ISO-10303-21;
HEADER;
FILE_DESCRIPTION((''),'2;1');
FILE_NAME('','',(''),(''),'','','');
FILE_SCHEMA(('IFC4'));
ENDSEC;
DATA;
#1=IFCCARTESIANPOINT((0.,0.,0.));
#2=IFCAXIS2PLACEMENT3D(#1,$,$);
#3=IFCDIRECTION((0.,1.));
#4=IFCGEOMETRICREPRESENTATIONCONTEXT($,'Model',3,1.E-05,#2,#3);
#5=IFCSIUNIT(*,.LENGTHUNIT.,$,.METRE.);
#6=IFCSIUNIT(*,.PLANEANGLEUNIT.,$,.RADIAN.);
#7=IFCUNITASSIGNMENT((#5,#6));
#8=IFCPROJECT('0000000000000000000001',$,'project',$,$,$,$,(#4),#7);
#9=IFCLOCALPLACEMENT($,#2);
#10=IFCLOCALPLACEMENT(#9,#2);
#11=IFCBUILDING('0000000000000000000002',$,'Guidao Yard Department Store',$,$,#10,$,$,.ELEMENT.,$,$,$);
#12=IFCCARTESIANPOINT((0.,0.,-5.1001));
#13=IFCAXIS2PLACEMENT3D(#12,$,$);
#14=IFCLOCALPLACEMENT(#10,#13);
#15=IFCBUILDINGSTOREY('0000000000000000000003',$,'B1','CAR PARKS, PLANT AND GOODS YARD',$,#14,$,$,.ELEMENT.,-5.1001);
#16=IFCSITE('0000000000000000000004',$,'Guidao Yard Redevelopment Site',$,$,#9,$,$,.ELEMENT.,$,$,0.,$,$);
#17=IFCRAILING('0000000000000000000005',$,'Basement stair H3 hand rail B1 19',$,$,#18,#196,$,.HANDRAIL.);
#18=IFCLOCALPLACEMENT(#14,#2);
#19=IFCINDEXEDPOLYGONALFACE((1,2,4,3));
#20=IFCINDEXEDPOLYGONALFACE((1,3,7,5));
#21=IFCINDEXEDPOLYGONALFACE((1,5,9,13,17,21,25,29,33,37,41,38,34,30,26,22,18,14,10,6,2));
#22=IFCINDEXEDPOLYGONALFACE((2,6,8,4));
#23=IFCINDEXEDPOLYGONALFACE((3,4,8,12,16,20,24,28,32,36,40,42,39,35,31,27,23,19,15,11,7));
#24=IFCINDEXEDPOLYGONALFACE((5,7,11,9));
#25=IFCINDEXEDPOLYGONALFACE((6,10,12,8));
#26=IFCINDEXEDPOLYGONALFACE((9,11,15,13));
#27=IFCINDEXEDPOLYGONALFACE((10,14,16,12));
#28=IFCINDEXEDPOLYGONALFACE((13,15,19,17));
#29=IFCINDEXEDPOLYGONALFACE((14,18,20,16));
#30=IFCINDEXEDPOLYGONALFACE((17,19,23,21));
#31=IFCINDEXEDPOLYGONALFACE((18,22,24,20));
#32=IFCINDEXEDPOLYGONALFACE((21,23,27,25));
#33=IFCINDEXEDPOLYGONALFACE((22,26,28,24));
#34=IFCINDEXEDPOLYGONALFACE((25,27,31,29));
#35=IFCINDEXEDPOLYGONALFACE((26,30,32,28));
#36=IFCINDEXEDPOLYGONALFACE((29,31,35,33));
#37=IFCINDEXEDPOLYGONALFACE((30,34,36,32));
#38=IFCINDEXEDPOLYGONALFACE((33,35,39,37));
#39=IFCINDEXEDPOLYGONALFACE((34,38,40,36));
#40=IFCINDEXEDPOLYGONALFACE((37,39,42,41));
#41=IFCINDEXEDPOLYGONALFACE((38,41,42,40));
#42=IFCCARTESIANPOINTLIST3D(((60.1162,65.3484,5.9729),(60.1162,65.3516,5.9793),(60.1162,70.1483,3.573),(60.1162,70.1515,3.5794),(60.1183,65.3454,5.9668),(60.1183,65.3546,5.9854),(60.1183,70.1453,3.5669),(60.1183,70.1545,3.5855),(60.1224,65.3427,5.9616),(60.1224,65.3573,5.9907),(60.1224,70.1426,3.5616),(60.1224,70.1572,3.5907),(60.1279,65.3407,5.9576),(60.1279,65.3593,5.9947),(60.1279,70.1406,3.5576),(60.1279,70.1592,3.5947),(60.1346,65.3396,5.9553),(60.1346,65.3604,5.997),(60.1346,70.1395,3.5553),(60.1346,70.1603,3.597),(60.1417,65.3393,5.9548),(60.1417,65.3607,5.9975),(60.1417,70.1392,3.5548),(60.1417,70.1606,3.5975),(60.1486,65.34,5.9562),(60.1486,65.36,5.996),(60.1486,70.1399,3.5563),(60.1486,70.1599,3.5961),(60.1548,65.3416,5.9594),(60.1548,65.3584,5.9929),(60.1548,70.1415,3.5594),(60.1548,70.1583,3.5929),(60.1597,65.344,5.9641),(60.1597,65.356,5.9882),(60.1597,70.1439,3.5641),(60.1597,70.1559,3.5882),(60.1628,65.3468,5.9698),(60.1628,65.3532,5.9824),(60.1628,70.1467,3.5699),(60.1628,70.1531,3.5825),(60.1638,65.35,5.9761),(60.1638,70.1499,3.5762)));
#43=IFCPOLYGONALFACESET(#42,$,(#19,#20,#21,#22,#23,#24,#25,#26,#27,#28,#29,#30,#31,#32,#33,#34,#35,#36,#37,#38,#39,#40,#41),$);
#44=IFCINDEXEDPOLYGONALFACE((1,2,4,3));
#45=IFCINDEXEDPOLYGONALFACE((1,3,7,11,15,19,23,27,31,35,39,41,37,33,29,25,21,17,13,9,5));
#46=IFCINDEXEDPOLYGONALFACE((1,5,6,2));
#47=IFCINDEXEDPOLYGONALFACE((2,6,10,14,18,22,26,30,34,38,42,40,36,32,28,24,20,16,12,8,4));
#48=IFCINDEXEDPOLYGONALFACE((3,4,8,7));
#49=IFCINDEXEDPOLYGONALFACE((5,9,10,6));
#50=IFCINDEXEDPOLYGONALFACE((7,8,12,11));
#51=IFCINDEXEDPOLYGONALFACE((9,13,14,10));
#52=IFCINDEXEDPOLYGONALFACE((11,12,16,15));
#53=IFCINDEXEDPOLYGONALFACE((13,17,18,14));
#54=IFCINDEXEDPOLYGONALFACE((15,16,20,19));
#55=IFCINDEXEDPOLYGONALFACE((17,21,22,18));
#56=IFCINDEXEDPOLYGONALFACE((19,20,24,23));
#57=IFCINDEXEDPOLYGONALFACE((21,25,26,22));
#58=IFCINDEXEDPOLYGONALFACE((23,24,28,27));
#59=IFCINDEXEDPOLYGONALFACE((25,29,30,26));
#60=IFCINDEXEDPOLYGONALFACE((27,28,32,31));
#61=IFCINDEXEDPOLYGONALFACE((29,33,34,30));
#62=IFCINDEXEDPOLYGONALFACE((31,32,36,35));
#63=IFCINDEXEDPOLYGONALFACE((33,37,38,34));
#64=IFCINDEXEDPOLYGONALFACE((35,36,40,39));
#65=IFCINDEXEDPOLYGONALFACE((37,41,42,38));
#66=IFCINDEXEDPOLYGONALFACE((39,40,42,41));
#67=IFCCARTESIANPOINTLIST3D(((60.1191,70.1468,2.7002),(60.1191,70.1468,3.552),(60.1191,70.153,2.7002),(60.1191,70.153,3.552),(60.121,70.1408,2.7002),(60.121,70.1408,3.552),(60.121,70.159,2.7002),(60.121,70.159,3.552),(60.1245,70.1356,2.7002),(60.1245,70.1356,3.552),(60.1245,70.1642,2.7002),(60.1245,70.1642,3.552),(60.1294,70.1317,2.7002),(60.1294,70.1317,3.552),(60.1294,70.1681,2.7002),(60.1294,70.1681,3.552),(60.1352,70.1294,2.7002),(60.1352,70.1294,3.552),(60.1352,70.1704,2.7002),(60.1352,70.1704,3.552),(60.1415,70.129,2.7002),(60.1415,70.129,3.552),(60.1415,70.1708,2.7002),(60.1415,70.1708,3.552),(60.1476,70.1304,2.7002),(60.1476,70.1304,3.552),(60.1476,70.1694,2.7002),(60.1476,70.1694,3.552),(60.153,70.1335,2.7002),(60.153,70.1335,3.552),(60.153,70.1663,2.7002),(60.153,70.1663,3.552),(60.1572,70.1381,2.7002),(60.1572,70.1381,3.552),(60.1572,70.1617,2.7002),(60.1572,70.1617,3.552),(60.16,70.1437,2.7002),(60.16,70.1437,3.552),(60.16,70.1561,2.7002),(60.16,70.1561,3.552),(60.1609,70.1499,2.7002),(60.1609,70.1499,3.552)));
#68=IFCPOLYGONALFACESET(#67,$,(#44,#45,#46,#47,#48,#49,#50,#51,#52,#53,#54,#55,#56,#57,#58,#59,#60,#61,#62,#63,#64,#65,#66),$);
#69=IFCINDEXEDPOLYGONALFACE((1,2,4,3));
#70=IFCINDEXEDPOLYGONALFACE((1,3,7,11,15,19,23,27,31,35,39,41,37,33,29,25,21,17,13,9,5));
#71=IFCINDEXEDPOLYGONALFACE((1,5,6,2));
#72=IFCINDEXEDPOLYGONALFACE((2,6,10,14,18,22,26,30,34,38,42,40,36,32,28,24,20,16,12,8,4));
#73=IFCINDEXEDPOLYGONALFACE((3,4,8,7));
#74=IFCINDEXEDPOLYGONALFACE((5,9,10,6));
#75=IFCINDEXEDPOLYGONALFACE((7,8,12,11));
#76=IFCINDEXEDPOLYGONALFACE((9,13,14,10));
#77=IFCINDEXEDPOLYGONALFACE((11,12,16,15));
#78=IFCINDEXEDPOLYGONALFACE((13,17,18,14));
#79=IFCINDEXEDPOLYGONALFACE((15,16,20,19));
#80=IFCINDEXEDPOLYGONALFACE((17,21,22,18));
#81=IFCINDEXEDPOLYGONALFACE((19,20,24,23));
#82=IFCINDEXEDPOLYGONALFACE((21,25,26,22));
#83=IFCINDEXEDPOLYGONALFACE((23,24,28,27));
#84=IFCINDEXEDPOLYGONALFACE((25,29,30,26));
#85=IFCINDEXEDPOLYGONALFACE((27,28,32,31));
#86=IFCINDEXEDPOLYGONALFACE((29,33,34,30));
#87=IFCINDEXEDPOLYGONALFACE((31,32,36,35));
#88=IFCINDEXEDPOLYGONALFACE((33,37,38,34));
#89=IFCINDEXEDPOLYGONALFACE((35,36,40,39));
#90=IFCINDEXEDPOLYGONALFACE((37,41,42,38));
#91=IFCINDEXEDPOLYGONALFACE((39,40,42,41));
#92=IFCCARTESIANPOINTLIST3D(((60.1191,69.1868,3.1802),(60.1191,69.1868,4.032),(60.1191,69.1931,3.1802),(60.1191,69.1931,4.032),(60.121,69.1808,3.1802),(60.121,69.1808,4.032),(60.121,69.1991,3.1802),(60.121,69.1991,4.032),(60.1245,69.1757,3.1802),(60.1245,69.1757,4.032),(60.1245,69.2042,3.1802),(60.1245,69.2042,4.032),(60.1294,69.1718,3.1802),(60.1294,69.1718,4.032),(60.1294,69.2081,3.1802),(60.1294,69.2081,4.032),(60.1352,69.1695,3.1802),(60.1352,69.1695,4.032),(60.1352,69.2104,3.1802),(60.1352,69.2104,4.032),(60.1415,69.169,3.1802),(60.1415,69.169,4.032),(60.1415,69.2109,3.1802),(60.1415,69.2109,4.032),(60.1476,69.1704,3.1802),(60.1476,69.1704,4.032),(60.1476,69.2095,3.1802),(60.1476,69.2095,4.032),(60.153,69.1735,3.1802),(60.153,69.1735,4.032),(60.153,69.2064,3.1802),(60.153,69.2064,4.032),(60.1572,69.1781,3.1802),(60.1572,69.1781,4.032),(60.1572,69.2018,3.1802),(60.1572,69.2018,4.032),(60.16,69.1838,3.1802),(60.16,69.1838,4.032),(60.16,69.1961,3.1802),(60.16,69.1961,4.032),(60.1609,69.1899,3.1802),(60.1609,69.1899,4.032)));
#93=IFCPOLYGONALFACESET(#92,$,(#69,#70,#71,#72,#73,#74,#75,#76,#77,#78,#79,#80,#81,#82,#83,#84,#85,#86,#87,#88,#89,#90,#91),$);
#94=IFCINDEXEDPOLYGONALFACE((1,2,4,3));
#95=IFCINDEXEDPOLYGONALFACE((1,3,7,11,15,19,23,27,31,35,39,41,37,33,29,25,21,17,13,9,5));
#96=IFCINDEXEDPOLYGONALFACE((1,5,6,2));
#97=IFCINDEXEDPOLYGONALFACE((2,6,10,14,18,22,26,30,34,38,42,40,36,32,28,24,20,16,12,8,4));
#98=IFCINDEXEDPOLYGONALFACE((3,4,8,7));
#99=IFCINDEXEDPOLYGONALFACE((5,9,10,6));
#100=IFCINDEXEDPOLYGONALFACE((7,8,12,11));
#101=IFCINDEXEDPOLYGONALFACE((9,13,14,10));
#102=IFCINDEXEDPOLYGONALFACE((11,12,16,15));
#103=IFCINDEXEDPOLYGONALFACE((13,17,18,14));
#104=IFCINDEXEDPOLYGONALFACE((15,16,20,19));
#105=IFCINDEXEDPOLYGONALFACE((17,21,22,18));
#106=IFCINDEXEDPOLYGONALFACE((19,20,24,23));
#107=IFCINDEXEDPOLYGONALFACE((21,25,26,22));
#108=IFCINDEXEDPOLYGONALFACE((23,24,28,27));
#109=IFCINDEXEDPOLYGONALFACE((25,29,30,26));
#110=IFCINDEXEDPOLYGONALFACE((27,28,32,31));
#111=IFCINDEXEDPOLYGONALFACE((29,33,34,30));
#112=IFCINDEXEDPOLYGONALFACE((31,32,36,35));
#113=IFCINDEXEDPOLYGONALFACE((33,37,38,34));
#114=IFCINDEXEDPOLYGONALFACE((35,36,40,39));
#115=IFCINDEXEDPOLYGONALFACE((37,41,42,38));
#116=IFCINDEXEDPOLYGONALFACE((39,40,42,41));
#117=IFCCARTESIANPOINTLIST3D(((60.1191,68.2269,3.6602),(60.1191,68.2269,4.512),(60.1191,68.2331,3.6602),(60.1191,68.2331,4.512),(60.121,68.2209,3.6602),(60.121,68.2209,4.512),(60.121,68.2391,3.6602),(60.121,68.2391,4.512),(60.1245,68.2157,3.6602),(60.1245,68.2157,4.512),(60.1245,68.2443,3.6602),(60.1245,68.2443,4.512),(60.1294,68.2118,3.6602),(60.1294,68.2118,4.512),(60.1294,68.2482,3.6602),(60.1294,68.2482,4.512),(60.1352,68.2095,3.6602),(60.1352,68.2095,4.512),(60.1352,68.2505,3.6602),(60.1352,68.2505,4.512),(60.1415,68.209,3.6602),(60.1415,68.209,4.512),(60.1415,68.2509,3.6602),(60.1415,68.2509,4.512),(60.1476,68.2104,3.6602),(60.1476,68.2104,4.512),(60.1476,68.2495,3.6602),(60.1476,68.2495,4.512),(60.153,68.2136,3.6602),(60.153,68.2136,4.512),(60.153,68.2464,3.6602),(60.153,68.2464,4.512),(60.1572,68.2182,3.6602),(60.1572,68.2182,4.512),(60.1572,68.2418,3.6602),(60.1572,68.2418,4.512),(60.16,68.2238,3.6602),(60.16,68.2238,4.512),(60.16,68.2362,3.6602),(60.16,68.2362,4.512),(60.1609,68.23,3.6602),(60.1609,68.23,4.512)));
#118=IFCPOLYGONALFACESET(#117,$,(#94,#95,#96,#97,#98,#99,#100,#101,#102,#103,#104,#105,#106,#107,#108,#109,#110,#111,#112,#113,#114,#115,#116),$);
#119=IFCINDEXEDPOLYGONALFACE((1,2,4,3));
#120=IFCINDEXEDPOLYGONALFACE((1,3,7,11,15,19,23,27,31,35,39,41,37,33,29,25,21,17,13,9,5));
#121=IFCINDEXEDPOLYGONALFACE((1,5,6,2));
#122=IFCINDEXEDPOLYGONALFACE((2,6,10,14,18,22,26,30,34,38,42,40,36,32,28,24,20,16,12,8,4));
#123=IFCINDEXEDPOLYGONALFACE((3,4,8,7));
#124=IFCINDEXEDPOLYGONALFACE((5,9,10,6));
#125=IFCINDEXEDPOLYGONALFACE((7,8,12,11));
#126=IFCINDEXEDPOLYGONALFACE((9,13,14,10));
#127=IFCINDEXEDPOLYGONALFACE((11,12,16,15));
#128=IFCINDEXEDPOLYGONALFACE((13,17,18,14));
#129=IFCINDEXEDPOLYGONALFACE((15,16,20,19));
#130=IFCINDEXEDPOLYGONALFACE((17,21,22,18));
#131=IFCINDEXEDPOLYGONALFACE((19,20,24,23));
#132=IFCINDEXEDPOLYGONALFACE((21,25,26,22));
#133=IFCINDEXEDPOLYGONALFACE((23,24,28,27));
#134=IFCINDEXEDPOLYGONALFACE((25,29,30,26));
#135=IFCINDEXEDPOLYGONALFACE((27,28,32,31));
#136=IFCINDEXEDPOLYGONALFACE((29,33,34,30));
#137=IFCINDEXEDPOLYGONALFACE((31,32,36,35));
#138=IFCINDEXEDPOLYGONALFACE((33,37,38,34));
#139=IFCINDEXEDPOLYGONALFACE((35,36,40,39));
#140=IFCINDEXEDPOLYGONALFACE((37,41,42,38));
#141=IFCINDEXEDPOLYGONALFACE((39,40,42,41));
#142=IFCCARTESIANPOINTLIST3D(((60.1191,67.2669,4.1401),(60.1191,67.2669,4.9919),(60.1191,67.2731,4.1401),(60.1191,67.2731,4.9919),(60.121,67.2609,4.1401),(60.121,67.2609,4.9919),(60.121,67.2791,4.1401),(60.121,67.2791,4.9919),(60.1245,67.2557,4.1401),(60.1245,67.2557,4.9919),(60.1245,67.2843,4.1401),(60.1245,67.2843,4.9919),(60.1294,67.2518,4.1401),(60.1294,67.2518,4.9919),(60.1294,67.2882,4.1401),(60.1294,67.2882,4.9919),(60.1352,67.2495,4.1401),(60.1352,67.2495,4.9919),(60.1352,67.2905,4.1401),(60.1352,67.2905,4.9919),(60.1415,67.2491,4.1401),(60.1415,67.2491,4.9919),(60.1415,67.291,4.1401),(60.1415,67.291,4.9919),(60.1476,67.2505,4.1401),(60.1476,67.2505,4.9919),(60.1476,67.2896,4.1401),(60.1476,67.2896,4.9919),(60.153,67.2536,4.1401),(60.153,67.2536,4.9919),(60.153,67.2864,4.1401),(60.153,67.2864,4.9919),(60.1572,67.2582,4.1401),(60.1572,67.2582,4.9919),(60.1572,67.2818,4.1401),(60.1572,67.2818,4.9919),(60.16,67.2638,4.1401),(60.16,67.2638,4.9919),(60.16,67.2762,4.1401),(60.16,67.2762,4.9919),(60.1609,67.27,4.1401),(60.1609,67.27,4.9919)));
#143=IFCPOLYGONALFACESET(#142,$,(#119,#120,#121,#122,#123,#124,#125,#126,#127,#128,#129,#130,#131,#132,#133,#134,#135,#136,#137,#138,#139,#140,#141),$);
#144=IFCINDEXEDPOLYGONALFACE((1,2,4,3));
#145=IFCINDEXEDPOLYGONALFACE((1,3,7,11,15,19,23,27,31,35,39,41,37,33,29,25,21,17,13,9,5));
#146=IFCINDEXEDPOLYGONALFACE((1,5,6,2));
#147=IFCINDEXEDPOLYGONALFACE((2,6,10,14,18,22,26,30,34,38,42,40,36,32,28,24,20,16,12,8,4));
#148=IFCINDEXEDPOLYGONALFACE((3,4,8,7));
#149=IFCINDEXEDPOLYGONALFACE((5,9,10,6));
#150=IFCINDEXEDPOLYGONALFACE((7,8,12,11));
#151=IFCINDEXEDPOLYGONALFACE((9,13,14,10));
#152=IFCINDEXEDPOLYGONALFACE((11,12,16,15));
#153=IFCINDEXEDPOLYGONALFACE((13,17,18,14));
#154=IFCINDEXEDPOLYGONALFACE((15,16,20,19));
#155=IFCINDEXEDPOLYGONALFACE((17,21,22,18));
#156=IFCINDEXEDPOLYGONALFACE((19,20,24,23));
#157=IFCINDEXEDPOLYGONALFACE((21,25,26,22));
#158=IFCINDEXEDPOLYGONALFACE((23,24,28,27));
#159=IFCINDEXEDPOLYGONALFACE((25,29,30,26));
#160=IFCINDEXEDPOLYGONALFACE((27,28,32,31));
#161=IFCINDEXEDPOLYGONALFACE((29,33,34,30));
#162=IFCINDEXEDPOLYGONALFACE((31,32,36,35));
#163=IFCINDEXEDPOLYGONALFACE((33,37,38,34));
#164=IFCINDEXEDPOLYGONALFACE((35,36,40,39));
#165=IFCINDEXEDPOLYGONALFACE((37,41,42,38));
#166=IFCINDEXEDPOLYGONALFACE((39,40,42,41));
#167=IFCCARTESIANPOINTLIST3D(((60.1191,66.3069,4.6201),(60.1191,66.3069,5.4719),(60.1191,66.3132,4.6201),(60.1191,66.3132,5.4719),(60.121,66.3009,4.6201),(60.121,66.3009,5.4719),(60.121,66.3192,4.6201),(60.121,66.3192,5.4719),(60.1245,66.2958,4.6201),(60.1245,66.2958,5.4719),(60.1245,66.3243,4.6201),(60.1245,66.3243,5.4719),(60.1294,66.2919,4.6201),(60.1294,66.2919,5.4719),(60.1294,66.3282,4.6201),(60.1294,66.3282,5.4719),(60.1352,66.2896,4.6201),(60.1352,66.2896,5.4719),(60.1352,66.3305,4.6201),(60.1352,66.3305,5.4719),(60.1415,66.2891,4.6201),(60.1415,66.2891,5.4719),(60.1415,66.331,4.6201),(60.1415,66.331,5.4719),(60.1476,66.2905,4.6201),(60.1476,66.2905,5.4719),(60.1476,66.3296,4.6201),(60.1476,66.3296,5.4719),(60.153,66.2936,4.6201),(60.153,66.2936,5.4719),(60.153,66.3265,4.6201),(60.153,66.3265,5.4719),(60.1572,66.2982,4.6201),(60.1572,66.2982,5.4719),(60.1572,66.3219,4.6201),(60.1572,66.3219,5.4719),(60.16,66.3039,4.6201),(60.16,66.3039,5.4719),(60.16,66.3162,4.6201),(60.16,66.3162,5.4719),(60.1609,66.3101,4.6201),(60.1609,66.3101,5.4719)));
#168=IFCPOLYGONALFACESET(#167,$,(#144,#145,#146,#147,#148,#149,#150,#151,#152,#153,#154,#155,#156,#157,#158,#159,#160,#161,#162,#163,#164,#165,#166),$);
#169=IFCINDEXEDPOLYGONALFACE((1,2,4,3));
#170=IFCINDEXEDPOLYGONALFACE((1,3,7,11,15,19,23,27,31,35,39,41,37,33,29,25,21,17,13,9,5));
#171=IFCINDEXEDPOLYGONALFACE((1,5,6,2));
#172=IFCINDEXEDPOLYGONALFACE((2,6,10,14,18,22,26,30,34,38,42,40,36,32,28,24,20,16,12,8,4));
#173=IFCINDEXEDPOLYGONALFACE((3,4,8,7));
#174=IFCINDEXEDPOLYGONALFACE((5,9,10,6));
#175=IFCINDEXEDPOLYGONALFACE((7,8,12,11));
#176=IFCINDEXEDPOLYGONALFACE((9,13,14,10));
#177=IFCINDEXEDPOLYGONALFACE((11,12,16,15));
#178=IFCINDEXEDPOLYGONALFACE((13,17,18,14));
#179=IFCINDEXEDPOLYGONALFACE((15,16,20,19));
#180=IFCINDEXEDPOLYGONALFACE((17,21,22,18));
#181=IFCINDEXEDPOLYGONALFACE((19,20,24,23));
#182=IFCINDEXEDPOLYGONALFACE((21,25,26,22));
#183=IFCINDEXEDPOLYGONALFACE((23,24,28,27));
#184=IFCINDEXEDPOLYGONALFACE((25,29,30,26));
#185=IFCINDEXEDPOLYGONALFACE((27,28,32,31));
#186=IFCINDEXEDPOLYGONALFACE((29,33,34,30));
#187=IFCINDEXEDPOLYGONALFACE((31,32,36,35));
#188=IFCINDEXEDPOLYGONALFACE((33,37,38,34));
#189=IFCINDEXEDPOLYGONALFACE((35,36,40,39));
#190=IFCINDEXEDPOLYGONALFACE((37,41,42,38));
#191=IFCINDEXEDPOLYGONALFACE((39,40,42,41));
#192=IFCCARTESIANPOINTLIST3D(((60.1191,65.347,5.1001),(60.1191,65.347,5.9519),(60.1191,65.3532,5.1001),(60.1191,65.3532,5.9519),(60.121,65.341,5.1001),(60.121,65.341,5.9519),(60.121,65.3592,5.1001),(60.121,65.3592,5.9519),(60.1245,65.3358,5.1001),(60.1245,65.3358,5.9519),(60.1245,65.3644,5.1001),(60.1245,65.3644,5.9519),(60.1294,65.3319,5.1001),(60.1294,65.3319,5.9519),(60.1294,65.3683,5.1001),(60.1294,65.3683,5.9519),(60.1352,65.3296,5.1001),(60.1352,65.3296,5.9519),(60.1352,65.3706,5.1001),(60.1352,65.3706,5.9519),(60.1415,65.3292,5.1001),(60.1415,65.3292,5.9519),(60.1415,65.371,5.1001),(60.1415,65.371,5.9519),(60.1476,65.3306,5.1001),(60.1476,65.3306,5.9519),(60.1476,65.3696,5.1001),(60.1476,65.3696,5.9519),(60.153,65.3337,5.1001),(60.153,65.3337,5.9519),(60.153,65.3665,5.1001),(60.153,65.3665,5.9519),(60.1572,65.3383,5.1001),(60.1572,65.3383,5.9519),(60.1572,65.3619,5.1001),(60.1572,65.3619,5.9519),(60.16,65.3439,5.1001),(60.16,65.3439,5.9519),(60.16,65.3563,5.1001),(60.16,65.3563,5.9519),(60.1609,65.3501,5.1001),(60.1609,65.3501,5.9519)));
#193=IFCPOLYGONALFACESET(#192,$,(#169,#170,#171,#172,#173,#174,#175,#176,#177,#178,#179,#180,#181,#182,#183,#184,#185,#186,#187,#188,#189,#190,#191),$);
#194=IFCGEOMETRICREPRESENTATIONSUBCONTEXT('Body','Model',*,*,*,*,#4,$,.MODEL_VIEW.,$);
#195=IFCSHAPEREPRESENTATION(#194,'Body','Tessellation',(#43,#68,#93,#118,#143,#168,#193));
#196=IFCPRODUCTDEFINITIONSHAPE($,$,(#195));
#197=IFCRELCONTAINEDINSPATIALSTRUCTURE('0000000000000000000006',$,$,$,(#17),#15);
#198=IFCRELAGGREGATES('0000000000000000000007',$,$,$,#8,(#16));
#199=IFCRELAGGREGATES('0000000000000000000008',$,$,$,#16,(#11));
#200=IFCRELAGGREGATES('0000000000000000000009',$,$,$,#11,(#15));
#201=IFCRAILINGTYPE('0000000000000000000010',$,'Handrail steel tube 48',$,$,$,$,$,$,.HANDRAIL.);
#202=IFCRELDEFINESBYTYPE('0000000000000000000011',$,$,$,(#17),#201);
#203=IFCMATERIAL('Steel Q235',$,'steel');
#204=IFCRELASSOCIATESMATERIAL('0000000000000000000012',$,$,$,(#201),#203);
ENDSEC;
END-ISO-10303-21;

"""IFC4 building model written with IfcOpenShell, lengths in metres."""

from ifc_helpers import new_model, si_unit, direction, frame, origin, origin_2d, place, context, subcontext, project, spatial, circle, extrude, material, type_object, element, save


model = new_model("IFC4")

# Units and contexts
model_context = context("Model", 3, precision=1e-05, world=origin(), true_north=direction((0.0, 1.0)))
body_context = subcontext(model_context, "Body", "Model", "MODEL_VIEW")
ifc_project = project(units=[si_unit("LENGTHUNIT", "METRE"), si_unit("PLANEANGLEUNIT", "RADIAN")], contexts=[model_context])

# Site, building, storey
site_placement = place(None, origin())
site = spatial("IfcSite", under=ifc_project, at=site_placement, Name="Guidao Yard Redevelopment Site", CompositionType="ELEMENT", RefElevation=0.0)
building_placement = place(site_placement, origin())
building = spatial("IfcBuilding", under=site, at=building_placement, Name="Guidao Yard Department Store", CompositionType="ELEMENT")
storey_placement = place(building_placement, frame((0.0, 0.0, -5.1001)))
storey = spatial("IfcBuildingStorey", under=building, at=storey_placement, Name="B1", Description="CAR PARKS, PLANT AND GOODS YARD", CompositionType="ELEMENT", Elevation=-5.1001)

# Railing
ifc_material_1 = material(Name="Steel Q235", Category="steel")
railing_type_1 = type_object("IfcRailingType", Name="Handrail steel tube 48", PredefinedType="HANDRAIL", material=ifc_material_1)
for number, where, name in (
    (1, (60.1399, 70.1499, 2.7002), "Basement stair H3 hand rail B1 19"),
):
    element("IfcRailing", number, at=place(storey_placement, frame(where)), inside=storey, type_object=railing_type_1, Name=name, PredefinedType="HANDRAIL", context=body_context, shape_type="SweptSolid", body=[
        extrude(circle(Radius=0.0239, at=origin_2d()), frame((0.0, 0.0, 0.876), z_axis=(0.0, -0.894427, 0.447214), x_axis=(1.0, 0.0, 0.0)), (0.0, 0.0, 1.0), 5.3665),
        extrude(circle(Radius=0.021, at=origin_2d()), origin(), (0.0, 0.0, 1.0), 0.8518),
        extrude(circle(Radius=0.021, at=origin_2d()), frame((0.0, -0.96, 0.48)), (0.0, 0.0, 1.0), 0.8518),
        extrude(circle(Radius=0.021, at=origin_2d()), frame((0.0, -1.9199, 0.96)), (0.0, 0.0, 1.0), 0.8518),
        extrude(circle(Radius=0.021, at=origin_2d()), frame((0.0, -2.8799, 1.4399)), (0.0, 0.0, 1.0), 0.8518),
        extrude(circle(Radius=0.021, at=origin_2d()), frame((0.0, -3.8398, 1.9199)), (0.0, 0.0, 1.0), 0.8518),
        extrude(circle(Radius=0.021, at=origin_2d()), frame((0.0, -4.7998, 2.3999)), (0.0, 0.0, 1.0), 0.8518),
    ])

save(model, "model.ifc")
